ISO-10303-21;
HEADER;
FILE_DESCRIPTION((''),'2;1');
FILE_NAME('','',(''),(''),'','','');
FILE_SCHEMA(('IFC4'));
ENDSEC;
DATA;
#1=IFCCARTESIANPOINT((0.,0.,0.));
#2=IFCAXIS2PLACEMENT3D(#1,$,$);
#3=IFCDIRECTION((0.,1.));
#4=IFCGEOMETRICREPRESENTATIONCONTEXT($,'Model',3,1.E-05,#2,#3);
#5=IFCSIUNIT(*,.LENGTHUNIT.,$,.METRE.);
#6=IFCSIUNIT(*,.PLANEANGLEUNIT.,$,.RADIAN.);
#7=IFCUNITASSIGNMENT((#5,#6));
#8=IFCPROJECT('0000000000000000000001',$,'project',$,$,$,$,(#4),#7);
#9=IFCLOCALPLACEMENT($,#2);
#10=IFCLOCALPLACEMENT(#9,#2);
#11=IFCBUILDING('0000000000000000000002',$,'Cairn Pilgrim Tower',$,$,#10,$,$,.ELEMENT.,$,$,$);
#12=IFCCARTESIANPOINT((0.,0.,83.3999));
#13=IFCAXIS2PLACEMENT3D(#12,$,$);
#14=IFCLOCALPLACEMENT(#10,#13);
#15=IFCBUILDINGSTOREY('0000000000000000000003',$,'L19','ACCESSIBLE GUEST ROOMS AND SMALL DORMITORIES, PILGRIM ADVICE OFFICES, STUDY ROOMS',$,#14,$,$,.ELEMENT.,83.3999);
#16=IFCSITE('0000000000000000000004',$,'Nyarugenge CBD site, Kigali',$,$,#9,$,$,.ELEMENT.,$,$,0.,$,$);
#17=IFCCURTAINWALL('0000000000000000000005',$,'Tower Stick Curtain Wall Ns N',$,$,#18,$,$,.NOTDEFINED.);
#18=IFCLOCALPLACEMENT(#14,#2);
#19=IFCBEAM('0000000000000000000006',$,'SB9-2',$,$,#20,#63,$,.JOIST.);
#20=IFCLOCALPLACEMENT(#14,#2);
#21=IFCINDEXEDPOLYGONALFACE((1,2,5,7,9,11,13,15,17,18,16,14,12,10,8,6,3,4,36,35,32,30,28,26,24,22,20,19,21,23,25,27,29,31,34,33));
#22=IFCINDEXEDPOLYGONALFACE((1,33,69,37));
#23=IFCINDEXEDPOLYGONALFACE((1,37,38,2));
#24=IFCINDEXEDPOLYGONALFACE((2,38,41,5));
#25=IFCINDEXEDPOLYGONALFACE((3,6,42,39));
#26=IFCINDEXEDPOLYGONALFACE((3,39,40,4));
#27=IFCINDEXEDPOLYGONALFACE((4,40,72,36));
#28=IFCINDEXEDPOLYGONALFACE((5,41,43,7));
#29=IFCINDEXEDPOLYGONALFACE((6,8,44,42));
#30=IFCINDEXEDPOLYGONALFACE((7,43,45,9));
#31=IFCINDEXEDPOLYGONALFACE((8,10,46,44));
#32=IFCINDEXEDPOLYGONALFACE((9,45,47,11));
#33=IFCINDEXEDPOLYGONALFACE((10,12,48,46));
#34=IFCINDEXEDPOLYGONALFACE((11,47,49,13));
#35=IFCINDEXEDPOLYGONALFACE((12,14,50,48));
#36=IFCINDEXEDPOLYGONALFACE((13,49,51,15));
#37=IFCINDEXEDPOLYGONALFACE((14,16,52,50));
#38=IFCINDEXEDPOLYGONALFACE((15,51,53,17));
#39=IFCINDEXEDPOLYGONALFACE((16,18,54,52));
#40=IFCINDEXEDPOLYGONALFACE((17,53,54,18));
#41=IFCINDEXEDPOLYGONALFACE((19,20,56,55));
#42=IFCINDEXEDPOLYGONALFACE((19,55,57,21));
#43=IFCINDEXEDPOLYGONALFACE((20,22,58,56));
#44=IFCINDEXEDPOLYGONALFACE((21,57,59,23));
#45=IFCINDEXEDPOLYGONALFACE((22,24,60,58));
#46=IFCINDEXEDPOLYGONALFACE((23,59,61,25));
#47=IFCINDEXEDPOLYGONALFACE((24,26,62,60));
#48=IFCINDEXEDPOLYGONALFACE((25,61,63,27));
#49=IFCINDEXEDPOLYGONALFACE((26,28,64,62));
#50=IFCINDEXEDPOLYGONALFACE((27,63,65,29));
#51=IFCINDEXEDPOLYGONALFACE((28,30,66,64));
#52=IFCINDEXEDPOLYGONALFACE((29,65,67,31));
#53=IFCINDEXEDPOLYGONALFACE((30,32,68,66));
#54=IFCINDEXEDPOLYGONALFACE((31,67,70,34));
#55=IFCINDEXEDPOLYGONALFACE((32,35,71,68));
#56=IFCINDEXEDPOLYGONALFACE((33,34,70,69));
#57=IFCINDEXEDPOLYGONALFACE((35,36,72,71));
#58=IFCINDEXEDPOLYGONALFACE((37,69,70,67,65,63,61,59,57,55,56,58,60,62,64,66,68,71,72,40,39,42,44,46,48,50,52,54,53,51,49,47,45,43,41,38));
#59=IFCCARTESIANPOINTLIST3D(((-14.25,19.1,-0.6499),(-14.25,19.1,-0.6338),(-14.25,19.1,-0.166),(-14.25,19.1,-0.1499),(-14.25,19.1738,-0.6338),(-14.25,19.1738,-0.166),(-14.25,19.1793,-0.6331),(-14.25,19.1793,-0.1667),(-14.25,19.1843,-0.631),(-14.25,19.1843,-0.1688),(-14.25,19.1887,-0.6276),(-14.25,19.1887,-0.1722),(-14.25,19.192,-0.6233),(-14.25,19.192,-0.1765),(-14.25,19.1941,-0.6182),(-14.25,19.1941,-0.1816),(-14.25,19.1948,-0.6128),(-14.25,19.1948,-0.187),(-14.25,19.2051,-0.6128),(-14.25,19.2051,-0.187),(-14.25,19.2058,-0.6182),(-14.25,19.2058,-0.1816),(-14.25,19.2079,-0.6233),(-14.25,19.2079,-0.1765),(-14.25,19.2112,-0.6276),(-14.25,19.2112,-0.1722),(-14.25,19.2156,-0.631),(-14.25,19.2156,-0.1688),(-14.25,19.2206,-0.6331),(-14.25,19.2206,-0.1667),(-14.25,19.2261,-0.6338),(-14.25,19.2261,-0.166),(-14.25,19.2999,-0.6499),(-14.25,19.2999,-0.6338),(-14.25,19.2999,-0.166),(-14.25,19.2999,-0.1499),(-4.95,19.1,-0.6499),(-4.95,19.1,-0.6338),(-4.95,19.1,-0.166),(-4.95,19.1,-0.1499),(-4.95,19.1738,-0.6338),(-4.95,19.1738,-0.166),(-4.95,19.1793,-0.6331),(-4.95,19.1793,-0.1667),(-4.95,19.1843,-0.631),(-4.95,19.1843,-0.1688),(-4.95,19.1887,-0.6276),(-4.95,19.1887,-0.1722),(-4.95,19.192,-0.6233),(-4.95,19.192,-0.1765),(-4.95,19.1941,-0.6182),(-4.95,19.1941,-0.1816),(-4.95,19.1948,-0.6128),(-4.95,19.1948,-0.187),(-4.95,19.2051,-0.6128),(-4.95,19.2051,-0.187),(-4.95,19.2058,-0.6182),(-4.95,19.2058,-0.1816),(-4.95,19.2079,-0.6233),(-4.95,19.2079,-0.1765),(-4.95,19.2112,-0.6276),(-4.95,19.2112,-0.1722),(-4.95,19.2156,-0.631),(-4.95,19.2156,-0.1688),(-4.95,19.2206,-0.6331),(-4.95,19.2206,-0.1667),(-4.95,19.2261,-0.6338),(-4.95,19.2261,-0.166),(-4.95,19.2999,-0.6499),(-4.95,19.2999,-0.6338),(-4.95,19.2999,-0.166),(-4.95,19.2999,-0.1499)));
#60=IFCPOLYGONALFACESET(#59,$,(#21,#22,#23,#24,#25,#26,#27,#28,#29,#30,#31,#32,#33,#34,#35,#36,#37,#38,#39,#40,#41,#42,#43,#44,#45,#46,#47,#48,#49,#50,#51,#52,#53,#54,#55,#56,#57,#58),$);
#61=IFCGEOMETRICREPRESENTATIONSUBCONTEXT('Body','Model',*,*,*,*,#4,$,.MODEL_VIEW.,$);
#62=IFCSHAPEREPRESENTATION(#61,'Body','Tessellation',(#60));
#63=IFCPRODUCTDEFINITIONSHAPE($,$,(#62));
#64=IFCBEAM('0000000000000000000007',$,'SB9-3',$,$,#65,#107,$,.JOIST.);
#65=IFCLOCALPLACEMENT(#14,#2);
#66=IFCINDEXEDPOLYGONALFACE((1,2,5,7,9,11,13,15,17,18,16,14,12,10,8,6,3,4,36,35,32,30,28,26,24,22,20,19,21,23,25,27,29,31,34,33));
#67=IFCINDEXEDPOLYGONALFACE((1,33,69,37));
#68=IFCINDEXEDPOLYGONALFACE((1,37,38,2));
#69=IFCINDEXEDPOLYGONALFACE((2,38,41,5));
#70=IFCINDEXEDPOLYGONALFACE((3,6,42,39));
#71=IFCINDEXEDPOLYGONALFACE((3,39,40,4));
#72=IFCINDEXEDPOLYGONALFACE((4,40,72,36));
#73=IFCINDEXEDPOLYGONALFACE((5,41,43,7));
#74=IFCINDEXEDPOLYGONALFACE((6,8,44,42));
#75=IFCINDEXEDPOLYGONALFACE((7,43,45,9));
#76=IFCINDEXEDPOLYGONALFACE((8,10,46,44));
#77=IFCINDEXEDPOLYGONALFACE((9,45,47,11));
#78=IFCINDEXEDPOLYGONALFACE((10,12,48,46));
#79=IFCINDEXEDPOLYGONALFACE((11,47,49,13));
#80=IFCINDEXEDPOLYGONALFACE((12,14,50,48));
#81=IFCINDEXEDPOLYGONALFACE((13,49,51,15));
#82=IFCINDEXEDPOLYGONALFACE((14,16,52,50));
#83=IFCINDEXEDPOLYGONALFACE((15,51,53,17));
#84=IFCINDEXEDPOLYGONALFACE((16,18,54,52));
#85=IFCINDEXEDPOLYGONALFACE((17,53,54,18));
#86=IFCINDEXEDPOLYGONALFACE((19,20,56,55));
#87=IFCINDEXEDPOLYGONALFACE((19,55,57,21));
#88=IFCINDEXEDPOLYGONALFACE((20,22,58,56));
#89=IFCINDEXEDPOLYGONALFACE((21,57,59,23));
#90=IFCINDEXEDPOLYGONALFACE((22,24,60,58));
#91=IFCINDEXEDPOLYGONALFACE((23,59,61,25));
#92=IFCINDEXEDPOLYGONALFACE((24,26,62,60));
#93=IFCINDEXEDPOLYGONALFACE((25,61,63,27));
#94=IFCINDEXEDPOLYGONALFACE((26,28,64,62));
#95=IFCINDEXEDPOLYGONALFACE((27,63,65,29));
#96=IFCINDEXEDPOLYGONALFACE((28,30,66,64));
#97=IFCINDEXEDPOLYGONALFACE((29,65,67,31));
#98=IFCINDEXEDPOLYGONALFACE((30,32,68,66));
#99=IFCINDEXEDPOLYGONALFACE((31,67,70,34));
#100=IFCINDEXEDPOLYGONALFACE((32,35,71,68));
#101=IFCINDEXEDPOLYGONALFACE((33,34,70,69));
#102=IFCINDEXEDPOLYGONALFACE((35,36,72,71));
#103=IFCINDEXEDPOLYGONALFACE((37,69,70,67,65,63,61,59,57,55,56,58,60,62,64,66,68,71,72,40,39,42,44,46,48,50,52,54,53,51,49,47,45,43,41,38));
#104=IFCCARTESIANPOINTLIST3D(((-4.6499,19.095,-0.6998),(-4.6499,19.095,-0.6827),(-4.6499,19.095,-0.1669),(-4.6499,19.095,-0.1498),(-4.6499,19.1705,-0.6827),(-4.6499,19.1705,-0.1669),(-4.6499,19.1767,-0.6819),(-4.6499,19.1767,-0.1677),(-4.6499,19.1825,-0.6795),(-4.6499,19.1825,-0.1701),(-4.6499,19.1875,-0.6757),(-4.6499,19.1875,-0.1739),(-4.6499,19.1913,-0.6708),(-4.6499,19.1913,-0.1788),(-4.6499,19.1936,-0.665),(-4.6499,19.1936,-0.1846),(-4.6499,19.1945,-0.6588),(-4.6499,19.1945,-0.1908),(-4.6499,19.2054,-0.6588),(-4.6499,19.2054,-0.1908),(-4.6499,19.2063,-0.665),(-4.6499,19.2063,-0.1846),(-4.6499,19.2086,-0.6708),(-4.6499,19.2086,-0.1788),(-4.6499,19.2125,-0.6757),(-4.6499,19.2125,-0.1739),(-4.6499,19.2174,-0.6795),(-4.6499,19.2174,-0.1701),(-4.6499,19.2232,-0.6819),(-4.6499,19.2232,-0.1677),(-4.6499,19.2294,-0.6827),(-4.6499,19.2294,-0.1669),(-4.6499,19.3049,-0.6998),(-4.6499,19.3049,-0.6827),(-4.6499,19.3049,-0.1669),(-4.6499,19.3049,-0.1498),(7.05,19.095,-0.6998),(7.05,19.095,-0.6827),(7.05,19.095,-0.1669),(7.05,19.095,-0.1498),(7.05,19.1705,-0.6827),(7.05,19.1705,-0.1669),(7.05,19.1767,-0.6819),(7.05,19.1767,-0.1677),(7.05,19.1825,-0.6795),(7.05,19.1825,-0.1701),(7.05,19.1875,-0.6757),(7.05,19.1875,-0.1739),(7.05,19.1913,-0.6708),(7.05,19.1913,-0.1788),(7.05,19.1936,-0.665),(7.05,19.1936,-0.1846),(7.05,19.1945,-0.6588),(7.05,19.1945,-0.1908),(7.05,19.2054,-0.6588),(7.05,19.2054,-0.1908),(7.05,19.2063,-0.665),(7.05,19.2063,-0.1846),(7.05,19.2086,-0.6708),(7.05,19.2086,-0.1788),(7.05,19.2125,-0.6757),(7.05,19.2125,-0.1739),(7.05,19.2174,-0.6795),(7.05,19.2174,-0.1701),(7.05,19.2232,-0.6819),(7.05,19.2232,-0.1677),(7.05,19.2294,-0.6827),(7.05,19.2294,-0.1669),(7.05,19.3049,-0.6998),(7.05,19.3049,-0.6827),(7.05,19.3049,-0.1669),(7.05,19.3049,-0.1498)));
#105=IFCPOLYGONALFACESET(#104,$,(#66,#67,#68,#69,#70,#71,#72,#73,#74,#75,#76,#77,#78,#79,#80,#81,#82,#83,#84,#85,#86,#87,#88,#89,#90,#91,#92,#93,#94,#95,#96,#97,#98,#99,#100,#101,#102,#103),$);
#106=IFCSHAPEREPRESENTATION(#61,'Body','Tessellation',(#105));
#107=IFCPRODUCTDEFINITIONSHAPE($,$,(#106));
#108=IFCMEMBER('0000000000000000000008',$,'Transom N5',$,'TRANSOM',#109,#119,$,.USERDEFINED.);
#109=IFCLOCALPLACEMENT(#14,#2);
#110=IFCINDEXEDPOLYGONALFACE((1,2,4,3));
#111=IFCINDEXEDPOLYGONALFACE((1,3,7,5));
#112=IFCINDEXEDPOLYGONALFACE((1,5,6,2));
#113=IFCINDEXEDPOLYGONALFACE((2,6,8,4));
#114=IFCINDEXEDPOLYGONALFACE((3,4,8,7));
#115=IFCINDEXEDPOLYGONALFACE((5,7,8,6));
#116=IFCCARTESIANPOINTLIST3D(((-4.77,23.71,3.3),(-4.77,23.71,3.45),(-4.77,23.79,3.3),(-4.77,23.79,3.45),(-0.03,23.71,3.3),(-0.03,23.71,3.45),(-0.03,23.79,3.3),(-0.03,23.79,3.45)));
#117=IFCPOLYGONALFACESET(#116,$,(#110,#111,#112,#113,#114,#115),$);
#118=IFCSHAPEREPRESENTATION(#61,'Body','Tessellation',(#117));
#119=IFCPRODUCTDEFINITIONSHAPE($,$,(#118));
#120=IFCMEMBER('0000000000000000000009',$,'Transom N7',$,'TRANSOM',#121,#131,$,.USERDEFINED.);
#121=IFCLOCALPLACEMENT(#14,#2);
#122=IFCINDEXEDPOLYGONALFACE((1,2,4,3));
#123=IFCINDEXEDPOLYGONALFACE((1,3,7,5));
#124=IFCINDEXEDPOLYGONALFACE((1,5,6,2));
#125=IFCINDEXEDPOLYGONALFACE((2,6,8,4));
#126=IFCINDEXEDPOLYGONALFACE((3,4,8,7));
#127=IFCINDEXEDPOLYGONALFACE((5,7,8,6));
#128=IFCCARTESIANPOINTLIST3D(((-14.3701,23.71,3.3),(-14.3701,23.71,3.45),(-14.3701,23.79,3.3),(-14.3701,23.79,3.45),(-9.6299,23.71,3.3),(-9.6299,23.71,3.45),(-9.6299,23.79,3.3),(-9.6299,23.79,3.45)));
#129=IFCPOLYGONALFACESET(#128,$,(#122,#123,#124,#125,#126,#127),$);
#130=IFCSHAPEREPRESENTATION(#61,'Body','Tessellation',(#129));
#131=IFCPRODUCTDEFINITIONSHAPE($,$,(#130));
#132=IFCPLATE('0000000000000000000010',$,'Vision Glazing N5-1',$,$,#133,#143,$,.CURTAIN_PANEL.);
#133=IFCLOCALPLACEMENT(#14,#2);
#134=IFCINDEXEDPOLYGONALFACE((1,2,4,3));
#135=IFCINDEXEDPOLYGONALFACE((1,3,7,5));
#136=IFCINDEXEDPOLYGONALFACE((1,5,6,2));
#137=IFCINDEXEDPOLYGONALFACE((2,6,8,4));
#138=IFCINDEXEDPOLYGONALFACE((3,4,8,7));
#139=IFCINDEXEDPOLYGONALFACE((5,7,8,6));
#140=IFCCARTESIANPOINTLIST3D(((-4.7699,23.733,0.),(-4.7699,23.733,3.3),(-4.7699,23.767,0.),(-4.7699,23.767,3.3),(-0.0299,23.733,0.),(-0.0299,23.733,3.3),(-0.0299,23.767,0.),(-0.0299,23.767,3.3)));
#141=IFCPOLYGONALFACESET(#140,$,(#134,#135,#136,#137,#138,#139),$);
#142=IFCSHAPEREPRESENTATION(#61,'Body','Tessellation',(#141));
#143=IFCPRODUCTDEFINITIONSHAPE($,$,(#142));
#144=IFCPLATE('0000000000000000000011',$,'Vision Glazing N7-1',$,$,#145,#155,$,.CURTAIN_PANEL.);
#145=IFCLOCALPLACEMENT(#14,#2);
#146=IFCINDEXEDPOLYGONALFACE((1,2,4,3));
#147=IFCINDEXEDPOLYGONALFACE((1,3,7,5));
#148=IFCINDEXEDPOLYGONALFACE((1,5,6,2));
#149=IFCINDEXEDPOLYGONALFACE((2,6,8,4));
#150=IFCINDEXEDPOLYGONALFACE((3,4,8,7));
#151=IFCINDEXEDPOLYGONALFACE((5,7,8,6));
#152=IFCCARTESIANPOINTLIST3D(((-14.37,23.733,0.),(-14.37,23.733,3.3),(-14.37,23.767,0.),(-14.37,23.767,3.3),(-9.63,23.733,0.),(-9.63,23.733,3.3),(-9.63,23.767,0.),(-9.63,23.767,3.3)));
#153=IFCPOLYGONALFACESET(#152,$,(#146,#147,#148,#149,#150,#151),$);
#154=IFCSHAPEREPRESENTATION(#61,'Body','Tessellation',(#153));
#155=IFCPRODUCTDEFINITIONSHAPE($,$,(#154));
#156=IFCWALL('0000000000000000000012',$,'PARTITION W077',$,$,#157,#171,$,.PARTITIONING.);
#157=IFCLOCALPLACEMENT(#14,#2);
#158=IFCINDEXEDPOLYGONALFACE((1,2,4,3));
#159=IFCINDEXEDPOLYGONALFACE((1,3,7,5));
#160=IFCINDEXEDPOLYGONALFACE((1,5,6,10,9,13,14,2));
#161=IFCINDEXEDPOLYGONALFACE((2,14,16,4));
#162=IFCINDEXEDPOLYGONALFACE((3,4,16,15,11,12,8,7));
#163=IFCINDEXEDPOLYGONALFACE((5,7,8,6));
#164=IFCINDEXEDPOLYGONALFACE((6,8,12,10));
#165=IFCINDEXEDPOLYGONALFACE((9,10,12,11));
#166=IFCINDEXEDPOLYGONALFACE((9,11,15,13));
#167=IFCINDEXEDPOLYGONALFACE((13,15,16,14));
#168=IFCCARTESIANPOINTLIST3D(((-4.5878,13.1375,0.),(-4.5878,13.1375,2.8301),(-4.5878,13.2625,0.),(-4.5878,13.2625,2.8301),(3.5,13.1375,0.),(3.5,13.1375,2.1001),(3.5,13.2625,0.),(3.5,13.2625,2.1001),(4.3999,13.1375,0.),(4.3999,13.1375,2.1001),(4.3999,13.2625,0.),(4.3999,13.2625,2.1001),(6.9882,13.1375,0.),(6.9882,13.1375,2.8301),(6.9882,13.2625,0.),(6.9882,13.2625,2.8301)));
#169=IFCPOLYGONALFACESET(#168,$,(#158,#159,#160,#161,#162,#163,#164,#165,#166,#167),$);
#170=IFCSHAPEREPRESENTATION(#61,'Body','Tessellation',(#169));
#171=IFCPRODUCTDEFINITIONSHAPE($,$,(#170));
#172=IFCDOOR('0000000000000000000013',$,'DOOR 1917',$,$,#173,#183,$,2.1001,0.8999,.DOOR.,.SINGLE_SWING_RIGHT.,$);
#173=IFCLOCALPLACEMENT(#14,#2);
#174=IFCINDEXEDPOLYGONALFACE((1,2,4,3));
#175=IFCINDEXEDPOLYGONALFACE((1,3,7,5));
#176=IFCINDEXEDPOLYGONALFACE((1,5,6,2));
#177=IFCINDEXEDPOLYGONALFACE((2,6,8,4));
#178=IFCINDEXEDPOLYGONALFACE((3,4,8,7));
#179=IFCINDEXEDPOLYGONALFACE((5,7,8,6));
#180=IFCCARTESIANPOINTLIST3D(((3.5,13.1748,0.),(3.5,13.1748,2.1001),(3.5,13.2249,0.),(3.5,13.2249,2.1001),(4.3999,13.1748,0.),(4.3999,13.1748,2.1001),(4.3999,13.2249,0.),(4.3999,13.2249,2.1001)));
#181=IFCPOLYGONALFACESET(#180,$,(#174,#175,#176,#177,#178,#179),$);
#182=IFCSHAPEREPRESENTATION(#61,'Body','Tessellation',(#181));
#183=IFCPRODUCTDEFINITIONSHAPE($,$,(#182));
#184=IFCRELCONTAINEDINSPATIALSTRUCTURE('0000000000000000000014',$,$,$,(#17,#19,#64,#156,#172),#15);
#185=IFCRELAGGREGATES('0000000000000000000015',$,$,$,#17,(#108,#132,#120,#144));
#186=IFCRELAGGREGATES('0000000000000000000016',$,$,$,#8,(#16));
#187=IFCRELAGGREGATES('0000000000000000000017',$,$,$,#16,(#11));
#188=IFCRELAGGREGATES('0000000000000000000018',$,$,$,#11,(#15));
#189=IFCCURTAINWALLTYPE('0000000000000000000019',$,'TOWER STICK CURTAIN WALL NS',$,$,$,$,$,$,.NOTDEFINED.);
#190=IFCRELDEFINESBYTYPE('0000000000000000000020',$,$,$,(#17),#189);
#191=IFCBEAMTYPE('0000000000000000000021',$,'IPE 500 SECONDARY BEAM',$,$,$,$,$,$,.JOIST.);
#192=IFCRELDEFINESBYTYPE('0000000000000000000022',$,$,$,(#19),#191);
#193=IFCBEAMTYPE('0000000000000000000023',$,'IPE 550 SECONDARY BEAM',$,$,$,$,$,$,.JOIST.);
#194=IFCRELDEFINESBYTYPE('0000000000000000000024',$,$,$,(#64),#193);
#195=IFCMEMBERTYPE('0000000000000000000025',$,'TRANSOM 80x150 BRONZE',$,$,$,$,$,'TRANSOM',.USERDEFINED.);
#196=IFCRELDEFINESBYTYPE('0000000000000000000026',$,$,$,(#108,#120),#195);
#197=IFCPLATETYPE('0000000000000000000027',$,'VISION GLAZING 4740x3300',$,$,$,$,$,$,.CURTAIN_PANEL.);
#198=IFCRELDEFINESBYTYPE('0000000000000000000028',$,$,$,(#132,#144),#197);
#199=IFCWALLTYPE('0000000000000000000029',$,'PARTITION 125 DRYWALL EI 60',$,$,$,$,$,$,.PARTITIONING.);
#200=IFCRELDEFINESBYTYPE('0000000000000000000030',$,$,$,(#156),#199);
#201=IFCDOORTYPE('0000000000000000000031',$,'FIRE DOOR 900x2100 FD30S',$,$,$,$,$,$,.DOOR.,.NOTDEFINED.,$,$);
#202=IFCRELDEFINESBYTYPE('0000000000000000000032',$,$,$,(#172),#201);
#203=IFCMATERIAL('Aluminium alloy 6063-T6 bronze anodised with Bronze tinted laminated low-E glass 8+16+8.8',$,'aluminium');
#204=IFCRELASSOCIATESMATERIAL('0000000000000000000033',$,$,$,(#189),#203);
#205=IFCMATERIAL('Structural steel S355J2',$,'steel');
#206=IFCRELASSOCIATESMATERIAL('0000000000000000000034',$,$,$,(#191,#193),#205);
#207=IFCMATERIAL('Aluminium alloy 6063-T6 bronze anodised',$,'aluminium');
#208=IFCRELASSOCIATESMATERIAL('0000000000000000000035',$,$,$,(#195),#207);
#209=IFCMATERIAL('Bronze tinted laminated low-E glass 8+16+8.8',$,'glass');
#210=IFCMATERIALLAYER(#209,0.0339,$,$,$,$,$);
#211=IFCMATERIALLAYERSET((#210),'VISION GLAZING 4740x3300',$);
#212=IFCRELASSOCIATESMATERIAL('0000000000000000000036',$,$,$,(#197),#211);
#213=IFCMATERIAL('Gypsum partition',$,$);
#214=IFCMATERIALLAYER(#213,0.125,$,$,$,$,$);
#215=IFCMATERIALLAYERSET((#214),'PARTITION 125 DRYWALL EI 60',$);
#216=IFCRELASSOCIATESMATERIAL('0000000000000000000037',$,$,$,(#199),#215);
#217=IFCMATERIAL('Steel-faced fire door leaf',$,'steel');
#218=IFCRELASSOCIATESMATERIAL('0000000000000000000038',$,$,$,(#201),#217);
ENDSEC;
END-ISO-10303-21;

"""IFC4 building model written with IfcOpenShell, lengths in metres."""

from ifc_helpers import new_model, si_unit, direction, frame, frame_2d, origin, origin_2d, place, context, subcontext, project, spatial, rectangle, i_section, extrude, material, layer, layer_set, material_profile, profile_set, type_object, element, fill, aggregate, save


model = new_model("IFC4")

# Units and contexts
model_context = context("Model", 3, precision=1e-05, world=origin(), true_north=direction((0.0, 1.0)))
body_context = subcontext(model_context, "Body", "Model", "MODEL_VIEW")
ifc_project = project(units=[si_unit("LENGTHUNIT", "METRE"), si_unit("PLANEANGLEUNIT", "RADIAN")], contexts=[model_context])

# Site, building, storey
site_placement = place(None, origin())
site = spatial("IfcSite", under=ifc_project, at=site_placement, Name="Nyarugenge CBD site, Kigali", CompositionType="ELEMENT", RefElevation=0.0)
building_placement = place(site_placement, origin())
building = spatial("IfcBuilding", under=site, at=building_placement, Name="Cairn Pilgrim Tower", CompositionType="ELEMENT")
storey_placement = place(building_placement, frame((0.0, 0.0, 83.3999)))
storey = spatial("IfcBuildingStorey", under=building, at=storey_placement, Name="L19", Description="ACCESSIBLE GUEST ROOMS AND SMALL DORMITORIES, PILGRIM ADVICE OFFICES, STUDY ROOMS", CompositionType="ELEMENT", Elevation=83.3999)

# Curtain wall
ifc_material_1 = material(Name="Aluminium alloy 6063-T6 bronze anodised with Bronze tinted laminated low-E glass 8+16+8.8", Category="aluminium")
curtain_wall_type = type_object("IfcCurtainWallType", Name="TOWER STICK CURTAIN WALL NS", PredefinedType="NOTDEFINED", material=ifc_material_1)
curtain_wall_placement = place(storey_placement, origin())
curtain_wall = element("IfcCurtainWall", 1, at=curtain_wall_placement, inside=storey, type_object=curtain_wall_type, Name="Tower Stick Curtain Wall Ns N", PredefinedType="NOTDEFINED")
ifc_material_2 = material(Name="Aluminium alloy 6063-T6 bronze anodised", Category="aluminium")

# Beams
ifc_material_3 = material(Name="Structural steel S355J2", Category="steel")
ifc_material_profile_1 = material_profile(ifc_material_3, i_section(OverallWidth=0.2, OverallDepth=0.5, WebThickness=0.0103, FlangeThickness=0.0161, FilletRadius=0.021, at=origin_2d()), Name="IPE 500")
ifc_profile_set_1 = profile_set([ifc_material_profile_1], Name="Structural steel S355J2")
beam_type_1 = type_object("IfcBeamType", Name="IPE 500 SECONDARY BEAM", PredefinedType="JOIST", material=ifc_profile_set_1)
for number, where, z_axis, x_axis, name in (
    (2, (-14.25, 19.2, -0.3999), (1.0, 0.0, 0.0), (0.0, 1.0, 0.0), "SB9-2"),
):
    element("IfcBeam", number, at=place(storey_placement, frame(where, z_axis=z_axis, x_axis=x_axis)), inside=storey, type_object=beam_type_1, Name=name, PredefinedType="JOIST", context=body_context, shape_type="SweptSolid", body=[
        extrude(i_section(OverallWidth=0.2, OverallDepth=0.5, WebThickness=0.0103, FlangeThickness=0.0161, FilletRadius=0.021, at=origin_2d()), origin(), (0.0, 0.0, 1.0), 9.3),
    ])
ifc_material_profile_2 = material_profile(ifc_material_3, i_section(OverallWidth=0.21, OverallDepth=0.55, WebThickness=0.011, FlangeThickness=0.0171, FilletRadius=0.0239, at=origin_2d()), Name="IPE 550")
ifc_profile_set_2 = profile_set([ifc_material_profile_2], Name="Structural steel S355J2")
beam_type_2 = type_object("IfcBeamType", Name="IPE 550 SECONDARY BEAM", PredefinedType="JOIST", material=ifc_profile_set_2)
beam_1_placement = place(storey_placement, frame((-4.6499, 19.2, -0.4248), z_axis=(1.0, 0.0, 0.0), x_axis=(0.0, 1.0, 0.0)))
element("IfcBeam", 3, at=beam_1_placement, inside=storey, type_object=beam_type_2, Name="SB9-3", PredefinedType="JOIST", context=body_context, shape_type="SweptSolid", body=[
    extrude(i_section(OverallWidth=0.21, OverallDepth=0.55, WebThickness=0.011, FlangeThickness=0.0171, FilletRadius=0.0239, at=origin_2d()), origin(), (0.0, 0.0, 1.0), 11.7),
])

# Members
ifc_material_profile_3 = material_profile(ifc_material_2, rectangle(XDim=0.0801, YDim=0.1499, at=origin_2d()), Name="TRANSOM 80x150 BRONZE")
ifc_profile_set_3 = profile_set([ifc_material_profile_3], Name="Aluminium alloy 6063-T6 bronze anodised")
member_type_1 = type_object("IfcMemberType", Name="TRANSOM 80x150 BRONZE", ElementType="TRANSOM", PredefinedType="USERDEFINED", material=ifc_profile_set_3)
member_1_placement = place(storey_placement, frame((-0.03, 23.75, 3.375), z_axis=(-1.0, 0.0, 0.0), x_axis=(0.0, -1.0, 0.0)))
member_1 = element("IfcMember", 4, at=member_1_placement, type_object=member_type_1, Name="Transom N5", ObjectType="TRANSOM", PredefinedType="USERDEFINED", context=body_context, shape_type="SweptSolid", body=[
    extrude(rectangle(XDim=0.0801, YDim=0.1499, at=origin_2d()), origin(), (0.0, 0.0, 1.0), 4.74),
])
member_2_placement = place(storey_placement, frame((-9.6299, 23.75, 3.375), z_axis=(-1.0, 0.0, 0.0), x_axis=(0.0, -1.0, 0.0)))
member_2 = element("IfcMember", 5, at=member_2_placement, type_object=member_type_1, Name="Transom N7", ObjectType="TRANSOM", PredefinedType="USERDEFINED", context=body_context, shape_type="SweptSolid", body=[
    extrude(rectangle(XDim=0.0801, YDim=0.1499, at=origin_2d()), origin(), (0.0, 0.0, 1.0), 4.7402),
])

# Plates
ifc_material_4 = material(Name="Bronze tinted laminated low-E glass 8+16+8.8", Category="glass")
ifc_layer_1 = layer(ifc_material_4, 0.0339)
ifc_layer_set_1 = layer_set([ifc_layer_1], Name="VISION GLAZING 4740x3300")
plate_type = type_object("IfcPlateType", Name="VISION GLAZING 4740x3300", PredefinedType="CURTAIN_PANEL", material=ifc_layer_set_1)
plate_1_placement = place(storey_placement, frame((-2.3999, 23.75, 0.0), z_axis=(0.0, 0.0, 1.0), x_axis=(-1.0, 0.0, 0.0)))
plate_1 = element("IfcPlate", 6, at=plate_1_placement, type_object=plate_type, Name="Vision Glazing N5-1", PredefinedType="CURTAIN_PANEL", context=body_context, shape_type="SweptSolid", body=[
    extrude(rectangle(XDim=4.74, YDim=0.0339, at=origin_2d()), origin(), (0.0, 0.0, 1.0), 3.3),
])
plate_2_placement = place(storey_placement, frame((-12.0, 23.75, 0.0), z_axis=(0.0, 0.0, 1.0), x_axis=(-1.0, 0.0, 0.0)))
plate_2 = element("IfcPlate", 7, at=plate_2_placement, type_object=plate_type, Name="Vision Glazing N7-1", PredefinedType="CURTAIN_PANEL", context=body_context, shape_type="SweptSolid", body=[
    extrude(rectangle(XDim=4.74, YDim=0.0339, at=origin_2d()), origin(), (0.0, 0.0, 1.0), 3.3),
])
aggregate(curtain_wall, [member_1, plate_1, member_2, plate_2])

# Wall, opening, door
ifc_material_5 = material(Name="Gypsum partition")
ifc_layer_2 = layer(ifc_material_5, 0.125)
ifc_layer_set_2 = layer_set([ifc_layer_2], Name="PARTITION 125 DRYWALL EI 60")
wall_type_1 = type_object("IfcWallType", Name="PARTITION 125 DRYWALL EI 60", PredefinedType="PARTITIONING", material=ifc_layer_set_2)
wall_1_placement = place(storey_placement, frame((-4.5879, 13.2, 0.0), z_axis=(0.0, 0.0, 1.0), x_axis=(1.0, 0.0, 0.0)))
wall_1 = element("IfcWall", 8, at=wall_1_placement, inside=storey, type_object=wall_type_1, Name="PARTITION W077", PredefinedType="PARTITIONING", context=body_context, shape_type="SweptSolid", body=[
    extrude(rectangle(XDim=11.5759, YDim=0.125, at=frame_2d((5.7881, 0.0))), origin(), (0.0, 0.0, 1.0), 2.8301),
])
opening_1_placement = place(wall_1_placement, frame((8.0879, 0.0, 0.0)))
opening_1 = element("IfcOpeningElement", 9, at=opening_1_placement, cuts=wall_1, PredefinedType="OPENING", context=body_context, shape_type="SweptSolid", body=[
    extrude(rectangle(XDim=0.8999, YDim=2.1001, at=frame_2d((0.45, 1.05))), frame((0.0, 0.0725, 0.0), z_axis=(0.0, -1.0, 0.0), x_axis=(1.0, 0.0, 0.0)), (0.0, 0.0, 1.0), 0.145),
])
ifc_material_6 = material(Name="Steel-faced fire door leaf", Category="steel")
door_type_1 = type_object("IfcDoorType", Name="FIRE DOOR 900x2100 FD30S", OperationType="NOTDEFINED", PredefinedType="DOOR", material=ifc_material_6)
door_1_placement = place(opening_1_placement, origin())
door_1 = element("IfcDoor", 10, at=door_1_placement, inside=storey, type_object=door_type_1, Name="DOOR 1917", OperationType="SINGLE_SWING_RIGHT", OverallHeight=2.1001, OverallWidth=0.8999, PredefinedType="DOOR", context=body_context, shape_type="SweptSolid", body=[
    extrude(rectangle(XDim=0.8999, YDim=2.1001, at=frame_2d((0.45, 1.05))), frame((0.0, 0.0249, 0.0), z_axis=(0.0, -1.0, 0.0), x_axis=(1.0, 0.0, 0.0)), (0.0, 0.0, 1.0), 0.05),
])
fill(opening_1, door_1)

save(model, "model.ifc")
